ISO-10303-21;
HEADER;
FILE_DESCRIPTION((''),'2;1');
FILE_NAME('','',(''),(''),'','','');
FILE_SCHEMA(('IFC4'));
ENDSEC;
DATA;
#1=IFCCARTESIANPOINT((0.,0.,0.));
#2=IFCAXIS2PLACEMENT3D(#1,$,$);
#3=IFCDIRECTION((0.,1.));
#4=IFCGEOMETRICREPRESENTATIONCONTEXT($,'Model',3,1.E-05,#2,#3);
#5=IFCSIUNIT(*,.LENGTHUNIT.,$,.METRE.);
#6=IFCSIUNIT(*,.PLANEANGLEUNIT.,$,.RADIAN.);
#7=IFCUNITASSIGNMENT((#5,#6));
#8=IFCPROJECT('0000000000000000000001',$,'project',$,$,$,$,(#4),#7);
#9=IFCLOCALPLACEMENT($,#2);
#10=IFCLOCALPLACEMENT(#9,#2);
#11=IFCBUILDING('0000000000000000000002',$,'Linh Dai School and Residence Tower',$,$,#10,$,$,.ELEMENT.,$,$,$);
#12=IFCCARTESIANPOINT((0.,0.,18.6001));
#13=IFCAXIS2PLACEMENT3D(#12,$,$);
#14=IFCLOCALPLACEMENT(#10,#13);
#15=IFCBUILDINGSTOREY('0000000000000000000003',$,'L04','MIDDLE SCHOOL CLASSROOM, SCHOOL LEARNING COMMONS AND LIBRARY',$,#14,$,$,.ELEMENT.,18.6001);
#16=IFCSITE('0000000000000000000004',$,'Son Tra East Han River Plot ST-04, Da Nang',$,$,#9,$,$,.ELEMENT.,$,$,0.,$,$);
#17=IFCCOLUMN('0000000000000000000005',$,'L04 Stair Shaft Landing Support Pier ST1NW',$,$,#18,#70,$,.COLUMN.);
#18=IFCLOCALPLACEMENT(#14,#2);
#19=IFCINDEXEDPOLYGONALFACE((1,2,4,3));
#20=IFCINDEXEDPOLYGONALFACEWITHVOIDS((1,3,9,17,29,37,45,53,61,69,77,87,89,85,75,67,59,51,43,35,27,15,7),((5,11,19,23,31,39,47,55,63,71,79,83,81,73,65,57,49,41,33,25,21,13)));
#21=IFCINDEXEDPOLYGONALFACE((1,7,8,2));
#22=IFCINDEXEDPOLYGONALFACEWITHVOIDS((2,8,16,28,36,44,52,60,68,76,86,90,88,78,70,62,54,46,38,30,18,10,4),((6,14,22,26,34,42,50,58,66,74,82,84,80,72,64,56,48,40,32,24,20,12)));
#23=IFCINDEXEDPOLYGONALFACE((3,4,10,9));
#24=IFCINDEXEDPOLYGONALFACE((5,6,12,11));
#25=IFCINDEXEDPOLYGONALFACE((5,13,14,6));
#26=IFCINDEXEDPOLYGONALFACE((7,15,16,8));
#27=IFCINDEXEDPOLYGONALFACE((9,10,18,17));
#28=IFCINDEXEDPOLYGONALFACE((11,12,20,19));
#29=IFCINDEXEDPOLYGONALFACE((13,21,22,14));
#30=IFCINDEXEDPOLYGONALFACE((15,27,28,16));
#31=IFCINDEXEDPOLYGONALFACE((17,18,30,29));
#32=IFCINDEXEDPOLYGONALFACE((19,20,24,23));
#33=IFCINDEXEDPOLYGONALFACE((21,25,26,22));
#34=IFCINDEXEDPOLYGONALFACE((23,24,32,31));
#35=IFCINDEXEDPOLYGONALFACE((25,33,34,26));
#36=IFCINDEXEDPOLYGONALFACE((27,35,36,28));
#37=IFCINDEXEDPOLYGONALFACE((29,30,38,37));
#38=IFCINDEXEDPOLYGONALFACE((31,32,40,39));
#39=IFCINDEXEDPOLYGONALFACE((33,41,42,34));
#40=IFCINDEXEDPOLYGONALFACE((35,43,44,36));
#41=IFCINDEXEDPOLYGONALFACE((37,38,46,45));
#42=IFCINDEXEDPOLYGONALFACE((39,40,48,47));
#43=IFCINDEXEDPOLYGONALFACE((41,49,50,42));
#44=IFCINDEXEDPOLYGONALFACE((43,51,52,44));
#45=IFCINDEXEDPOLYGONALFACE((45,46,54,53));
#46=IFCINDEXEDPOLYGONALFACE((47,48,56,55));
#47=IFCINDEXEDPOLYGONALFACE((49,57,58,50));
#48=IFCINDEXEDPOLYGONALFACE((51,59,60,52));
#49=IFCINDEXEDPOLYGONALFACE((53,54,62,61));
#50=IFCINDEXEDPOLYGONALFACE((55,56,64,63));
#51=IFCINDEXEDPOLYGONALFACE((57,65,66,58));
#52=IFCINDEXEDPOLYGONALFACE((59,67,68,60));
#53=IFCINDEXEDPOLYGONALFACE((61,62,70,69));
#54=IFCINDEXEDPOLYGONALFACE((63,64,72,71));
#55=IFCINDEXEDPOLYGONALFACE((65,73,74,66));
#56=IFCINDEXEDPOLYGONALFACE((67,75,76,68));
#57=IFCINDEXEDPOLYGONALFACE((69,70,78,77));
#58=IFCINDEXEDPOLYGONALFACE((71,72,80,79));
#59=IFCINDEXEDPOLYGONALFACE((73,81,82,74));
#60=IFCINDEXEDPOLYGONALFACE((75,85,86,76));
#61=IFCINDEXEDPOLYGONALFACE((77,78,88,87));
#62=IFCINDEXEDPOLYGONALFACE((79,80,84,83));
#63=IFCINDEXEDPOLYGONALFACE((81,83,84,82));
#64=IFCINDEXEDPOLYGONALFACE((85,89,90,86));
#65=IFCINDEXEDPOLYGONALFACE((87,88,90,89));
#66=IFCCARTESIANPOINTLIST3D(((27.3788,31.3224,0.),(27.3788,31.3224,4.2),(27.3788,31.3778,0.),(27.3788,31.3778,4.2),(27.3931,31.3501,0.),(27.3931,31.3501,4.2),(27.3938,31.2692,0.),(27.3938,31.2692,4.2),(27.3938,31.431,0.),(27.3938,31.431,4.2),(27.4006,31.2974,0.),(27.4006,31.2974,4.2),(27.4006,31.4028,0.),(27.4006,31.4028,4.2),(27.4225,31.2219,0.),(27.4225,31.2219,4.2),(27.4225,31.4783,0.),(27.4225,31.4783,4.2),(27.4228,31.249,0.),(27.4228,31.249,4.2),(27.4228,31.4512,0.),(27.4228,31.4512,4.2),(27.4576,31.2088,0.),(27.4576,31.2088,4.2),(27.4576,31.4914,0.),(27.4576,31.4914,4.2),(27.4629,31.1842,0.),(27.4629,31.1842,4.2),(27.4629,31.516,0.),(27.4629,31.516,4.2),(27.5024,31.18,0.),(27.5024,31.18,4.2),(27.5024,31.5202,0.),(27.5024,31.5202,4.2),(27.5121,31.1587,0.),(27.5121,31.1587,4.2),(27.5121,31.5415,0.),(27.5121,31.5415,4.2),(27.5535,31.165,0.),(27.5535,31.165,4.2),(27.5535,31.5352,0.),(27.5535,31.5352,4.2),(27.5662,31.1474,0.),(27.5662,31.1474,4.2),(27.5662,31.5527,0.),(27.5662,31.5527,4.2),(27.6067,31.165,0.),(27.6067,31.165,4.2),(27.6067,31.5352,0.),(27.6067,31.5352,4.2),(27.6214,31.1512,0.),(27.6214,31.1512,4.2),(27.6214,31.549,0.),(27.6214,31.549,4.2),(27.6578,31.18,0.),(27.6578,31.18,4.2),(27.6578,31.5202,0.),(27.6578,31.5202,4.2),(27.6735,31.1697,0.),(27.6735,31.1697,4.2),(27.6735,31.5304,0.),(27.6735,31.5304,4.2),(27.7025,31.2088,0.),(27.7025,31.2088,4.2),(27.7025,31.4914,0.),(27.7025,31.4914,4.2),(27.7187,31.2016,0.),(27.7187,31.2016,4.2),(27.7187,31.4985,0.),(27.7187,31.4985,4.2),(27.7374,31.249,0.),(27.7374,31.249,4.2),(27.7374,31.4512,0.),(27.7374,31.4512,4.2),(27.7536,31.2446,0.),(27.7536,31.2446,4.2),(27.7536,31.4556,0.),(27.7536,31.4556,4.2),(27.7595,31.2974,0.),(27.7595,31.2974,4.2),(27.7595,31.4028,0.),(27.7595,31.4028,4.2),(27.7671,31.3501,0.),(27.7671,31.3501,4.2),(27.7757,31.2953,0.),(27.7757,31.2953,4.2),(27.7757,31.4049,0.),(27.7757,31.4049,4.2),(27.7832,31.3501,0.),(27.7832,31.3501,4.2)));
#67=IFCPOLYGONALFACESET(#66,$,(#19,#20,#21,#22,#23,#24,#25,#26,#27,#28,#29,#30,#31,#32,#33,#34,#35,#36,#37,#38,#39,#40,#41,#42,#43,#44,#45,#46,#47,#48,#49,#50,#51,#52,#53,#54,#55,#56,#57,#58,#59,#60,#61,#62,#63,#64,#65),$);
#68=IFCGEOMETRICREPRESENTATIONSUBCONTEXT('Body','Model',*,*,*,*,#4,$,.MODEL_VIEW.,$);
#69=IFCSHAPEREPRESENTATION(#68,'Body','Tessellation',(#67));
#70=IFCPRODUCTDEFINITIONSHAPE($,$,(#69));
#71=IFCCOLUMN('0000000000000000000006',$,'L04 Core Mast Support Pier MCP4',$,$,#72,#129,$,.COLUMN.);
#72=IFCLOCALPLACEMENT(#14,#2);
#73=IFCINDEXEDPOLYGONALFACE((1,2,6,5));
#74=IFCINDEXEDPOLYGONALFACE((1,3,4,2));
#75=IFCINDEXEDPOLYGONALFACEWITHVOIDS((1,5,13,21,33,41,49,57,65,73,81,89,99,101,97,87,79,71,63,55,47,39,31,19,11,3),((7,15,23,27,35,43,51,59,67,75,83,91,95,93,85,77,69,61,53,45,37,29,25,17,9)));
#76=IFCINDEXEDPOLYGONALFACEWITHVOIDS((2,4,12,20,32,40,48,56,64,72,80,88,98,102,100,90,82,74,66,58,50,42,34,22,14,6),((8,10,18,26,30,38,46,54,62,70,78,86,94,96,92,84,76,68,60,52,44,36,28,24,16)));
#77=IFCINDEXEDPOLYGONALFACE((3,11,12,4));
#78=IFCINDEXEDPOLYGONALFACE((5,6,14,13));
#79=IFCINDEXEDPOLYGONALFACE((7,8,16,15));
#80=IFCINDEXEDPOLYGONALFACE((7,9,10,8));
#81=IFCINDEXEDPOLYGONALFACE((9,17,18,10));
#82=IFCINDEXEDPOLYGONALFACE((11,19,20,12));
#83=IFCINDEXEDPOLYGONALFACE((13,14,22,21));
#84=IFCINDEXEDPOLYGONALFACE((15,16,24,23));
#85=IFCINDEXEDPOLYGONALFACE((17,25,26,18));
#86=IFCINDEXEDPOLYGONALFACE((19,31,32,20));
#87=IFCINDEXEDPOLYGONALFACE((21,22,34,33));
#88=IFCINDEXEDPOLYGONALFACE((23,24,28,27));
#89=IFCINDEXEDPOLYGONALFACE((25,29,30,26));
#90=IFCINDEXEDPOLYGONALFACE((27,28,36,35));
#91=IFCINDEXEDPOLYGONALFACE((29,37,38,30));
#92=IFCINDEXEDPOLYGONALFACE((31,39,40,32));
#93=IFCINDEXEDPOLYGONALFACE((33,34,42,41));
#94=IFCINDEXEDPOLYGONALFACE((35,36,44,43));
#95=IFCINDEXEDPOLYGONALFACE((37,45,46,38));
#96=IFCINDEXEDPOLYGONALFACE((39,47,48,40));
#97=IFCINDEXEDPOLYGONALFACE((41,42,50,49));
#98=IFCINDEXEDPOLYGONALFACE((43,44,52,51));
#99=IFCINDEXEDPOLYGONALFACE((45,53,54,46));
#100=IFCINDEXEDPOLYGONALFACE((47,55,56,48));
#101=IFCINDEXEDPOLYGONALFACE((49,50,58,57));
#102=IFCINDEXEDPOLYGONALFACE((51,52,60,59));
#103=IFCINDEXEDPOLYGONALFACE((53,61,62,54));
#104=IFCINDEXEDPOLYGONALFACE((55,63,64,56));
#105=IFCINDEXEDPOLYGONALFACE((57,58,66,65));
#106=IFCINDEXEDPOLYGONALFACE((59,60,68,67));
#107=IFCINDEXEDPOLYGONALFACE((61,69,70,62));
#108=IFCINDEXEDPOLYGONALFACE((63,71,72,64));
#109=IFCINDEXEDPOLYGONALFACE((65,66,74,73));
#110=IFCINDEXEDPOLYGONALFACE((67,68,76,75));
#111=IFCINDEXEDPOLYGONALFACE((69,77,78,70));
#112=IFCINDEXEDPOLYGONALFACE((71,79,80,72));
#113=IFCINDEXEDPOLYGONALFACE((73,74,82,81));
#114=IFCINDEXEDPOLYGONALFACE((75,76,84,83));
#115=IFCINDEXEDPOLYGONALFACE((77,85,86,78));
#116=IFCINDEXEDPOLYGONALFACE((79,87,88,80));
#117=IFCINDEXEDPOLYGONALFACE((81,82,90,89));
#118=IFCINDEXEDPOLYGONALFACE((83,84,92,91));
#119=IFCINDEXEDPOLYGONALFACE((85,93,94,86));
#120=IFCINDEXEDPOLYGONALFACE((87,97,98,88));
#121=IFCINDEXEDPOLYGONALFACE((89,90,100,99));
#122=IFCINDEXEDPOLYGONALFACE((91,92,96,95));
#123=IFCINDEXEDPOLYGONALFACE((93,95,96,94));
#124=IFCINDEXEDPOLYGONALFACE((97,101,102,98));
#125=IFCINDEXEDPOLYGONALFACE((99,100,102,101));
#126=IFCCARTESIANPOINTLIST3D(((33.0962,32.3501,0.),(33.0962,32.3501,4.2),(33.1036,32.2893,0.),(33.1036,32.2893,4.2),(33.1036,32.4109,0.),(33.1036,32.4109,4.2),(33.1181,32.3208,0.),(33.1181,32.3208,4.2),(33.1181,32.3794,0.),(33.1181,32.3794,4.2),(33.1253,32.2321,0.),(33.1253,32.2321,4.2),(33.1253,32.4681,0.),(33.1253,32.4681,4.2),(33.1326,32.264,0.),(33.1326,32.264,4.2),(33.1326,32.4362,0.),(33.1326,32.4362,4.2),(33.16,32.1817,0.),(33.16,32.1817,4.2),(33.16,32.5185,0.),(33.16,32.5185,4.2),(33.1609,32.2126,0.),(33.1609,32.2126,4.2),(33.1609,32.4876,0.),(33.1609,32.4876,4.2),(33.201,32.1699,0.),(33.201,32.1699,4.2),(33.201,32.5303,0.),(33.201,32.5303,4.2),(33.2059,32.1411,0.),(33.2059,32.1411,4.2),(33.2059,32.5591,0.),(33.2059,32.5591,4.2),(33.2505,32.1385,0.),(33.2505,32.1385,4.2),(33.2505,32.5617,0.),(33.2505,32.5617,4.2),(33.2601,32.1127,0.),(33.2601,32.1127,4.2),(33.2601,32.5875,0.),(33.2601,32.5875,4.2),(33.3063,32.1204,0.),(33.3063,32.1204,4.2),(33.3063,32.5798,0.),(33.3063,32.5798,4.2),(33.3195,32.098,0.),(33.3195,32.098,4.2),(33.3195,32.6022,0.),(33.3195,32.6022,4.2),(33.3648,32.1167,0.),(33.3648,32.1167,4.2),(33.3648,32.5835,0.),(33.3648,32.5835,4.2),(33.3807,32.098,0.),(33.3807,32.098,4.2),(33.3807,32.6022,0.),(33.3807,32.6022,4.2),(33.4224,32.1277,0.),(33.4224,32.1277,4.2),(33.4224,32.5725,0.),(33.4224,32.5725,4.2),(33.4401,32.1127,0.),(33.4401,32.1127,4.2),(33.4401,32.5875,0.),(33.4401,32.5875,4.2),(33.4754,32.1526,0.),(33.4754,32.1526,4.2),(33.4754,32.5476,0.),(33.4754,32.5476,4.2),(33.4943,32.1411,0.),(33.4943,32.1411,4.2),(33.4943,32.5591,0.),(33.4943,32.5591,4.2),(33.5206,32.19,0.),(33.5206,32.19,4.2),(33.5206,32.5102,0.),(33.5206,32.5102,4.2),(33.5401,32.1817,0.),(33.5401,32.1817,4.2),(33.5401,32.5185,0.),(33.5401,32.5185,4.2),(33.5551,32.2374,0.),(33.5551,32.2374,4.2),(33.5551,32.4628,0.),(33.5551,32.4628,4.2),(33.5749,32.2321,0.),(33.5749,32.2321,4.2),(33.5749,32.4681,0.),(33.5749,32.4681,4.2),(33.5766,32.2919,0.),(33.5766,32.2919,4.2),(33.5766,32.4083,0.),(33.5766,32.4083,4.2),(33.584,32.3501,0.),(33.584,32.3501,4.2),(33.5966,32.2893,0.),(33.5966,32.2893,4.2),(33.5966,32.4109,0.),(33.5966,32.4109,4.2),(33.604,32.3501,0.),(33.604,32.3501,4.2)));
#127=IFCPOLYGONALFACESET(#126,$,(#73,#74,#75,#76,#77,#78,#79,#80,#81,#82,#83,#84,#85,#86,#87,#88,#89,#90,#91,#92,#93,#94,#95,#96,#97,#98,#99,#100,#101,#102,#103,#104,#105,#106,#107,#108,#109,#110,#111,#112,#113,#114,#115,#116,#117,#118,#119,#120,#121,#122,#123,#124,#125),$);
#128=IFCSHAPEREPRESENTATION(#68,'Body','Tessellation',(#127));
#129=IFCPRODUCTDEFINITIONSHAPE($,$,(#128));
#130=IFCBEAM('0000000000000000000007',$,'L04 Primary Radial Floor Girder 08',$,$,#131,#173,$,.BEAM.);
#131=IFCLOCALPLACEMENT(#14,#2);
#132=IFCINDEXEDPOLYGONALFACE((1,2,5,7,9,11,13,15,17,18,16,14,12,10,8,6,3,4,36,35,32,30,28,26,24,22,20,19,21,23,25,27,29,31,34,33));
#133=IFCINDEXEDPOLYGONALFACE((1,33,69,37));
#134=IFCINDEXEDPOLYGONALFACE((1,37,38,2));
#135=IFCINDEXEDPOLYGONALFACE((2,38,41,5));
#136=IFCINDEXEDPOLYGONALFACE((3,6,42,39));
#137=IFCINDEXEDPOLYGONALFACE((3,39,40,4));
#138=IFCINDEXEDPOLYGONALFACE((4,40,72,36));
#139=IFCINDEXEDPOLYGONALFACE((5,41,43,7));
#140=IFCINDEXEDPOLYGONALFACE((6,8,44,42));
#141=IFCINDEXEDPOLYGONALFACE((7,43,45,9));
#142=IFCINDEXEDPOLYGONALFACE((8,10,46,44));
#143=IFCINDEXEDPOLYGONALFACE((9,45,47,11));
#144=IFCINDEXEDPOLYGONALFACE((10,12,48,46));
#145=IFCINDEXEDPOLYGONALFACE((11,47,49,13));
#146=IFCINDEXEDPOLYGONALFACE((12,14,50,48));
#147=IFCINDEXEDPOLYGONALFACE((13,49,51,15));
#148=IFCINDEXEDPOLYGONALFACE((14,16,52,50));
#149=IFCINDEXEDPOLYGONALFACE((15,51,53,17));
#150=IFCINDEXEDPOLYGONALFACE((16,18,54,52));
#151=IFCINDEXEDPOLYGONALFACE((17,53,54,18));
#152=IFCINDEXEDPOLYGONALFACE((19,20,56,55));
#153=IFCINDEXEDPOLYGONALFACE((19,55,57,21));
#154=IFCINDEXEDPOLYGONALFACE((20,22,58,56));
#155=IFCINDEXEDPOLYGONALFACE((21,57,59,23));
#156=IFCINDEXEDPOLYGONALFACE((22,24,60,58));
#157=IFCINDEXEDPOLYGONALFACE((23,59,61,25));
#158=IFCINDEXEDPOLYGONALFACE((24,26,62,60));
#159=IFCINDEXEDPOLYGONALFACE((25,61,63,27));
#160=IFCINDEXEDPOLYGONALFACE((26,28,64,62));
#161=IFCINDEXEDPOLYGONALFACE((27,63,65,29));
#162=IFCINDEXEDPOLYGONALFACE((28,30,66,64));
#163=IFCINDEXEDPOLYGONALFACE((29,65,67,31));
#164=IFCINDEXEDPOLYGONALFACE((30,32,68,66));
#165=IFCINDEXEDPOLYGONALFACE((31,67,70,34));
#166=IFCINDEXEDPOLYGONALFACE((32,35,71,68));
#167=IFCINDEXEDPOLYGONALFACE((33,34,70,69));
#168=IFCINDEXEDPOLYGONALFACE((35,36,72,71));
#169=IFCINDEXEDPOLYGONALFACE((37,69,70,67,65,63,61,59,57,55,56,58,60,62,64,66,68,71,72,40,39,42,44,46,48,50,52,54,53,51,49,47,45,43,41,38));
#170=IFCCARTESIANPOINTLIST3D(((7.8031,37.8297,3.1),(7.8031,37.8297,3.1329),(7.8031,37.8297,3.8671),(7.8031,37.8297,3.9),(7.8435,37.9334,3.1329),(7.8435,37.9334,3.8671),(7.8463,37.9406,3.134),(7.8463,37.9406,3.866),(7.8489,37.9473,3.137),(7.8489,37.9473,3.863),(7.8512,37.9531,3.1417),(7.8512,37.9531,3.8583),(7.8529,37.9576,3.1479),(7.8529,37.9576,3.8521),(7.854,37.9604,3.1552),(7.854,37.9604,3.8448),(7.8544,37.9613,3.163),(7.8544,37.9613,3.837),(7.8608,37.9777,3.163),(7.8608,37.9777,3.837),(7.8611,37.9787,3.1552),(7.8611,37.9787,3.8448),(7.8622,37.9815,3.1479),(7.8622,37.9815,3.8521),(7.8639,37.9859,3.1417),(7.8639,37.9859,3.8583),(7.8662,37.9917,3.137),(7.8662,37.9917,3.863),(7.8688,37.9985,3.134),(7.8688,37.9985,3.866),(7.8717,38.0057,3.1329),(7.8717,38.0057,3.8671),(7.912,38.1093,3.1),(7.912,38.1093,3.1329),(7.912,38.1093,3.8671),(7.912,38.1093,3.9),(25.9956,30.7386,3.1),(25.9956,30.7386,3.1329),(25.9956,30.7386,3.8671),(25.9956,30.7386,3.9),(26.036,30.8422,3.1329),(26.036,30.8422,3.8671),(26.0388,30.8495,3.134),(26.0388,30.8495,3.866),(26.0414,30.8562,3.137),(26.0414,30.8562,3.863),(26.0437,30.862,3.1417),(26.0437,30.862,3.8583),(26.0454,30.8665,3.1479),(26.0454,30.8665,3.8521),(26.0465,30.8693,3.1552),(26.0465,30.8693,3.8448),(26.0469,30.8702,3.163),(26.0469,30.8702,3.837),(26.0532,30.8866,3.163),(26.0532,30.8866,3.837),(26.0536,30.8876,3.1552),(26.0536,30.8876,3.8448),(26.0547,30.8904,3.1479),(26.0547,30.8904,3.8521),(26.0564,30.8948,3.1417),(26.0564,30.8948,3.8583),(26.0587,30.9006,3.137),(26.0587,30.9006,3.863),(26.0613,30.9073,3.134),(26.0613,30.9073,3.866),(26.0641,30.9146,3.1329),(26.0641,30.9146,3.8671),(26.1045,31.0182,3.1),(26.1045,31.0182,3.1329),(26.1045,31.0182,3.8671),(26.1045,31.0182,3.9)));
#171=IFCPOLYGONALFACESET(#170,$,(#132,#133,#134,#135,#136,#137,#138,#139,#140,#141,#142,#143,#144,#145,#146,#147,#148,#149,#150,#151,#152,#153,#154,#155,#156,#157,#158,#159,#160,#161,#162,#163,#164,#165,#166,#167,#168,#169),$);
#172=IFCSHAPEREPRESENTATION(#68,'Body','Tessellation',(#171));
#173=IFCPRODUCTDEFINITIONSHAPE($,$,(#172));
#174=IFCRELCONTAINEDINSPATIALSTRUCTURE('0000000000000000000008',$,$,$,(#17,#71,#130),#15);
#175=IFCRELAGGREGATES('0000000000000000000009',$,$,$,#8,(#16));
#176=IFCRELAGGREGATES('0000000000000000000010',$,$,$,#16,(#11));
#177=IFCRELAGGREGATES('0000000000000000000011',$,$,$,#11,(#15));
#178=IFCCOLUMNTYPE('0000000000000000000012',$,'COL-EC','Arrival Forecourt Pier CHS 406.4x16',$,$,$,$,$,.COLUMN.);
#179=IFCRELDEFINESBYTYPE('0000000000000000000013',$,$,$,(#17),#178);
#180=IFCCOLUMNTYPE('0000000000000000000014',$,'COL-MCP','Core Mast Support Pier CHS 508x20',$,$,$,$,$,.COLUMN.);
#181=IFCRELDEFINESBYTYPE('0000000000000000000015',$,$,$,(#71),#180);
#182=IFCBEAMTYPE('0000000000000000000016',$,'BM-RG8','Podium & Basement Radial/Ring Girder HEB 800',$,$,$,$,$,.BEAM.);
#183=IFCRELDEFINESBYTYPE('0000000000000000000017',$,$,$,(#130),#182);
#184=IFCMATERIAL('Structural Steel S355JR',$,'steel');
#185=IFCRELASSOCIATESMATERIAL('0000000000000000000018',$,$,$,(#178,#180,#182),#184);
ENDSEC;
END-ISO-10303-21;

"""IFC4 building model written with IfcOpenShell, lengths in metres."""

from ifc_helpers import new_model, si_unit, direction, frame, origin, origin_2d, place, context, subcontext, project, spatial, hollow_circle, i_section, extrude, material, material_profile, profile_set, type_object, element, save


model = new_model("IFC4")

# Units and contexts
model_context = context("Model", 3, precision=1e-05, world=origin(), true_north=direction((0.0, 1.0)))
body_context = subcontext(model_context, "Body", "Model", "MODEL_VIEW")
ifc_project = project(units=[si_unit("LENGTHUNIT", "METRE"), si_unit("PLANEANGLEUNIT", "RADIAN")], contexts=[model_context])

# Site, building, storey
site_placement = place(None, origin())
site = spatial("IfcSite", under=ifc_project, at=site_placement, Name="Son Tra East Han River Plot ST-04, Da Nang", CompositionType="ELEMENT", RefElevation=0.0)
building_placement = place(site_placement, origin())
building = spatial("IfcBuilding", under=site, at=building_placement, Name="Linh Dai School and Residence Tower", CompositionType="ELEMENT")
storey_placement = place(building_placement, frame((0.0, 0.0, 18.6001)))
storey = spatial("IfcBuildingStorey", under=building, at=storey_placement, Name="L04", Description="MIDDLE SCHOOL CLASSROOM, SCHOOL LEARNING COMMONS AND LIBRARY", CompositionType="ELEMENT", Elevation=18.6001)

# Columns
ifc_material_1 = material(Name="Structural Steel S355JR", Category="steel")
ifc_material_profile_1 = material_profile(ifc_material_1, hollow_circle(Radius=0.2031, WallThickness=0.0161, at=origin_2d()), Name="CHS 406.4x16")
ifc_profile_set_1 = profile_set([ifc_material_profile_1], Name="Structural Steel S355JR")
column_type_1 = type_object("IfcColumnType", Name="COL-EC", Description="Arrival Forecourt Pier CHS 406.4x16", PredefinedType="COLUMN", material=ifc_profile_set_1)
column_1_placement = place(storey_placement, frame((27.5801, 31.3501, 0.0), z_axis=(0.0, 0.0, 1.0), x_axis=(1.0, 0.0, 0.0)))
element("IfcColumn", 1, at=column_1_placement, inside=storey, type_object=column_type_1, Name="L04 Stair Shaft Landing Support Pier ST1NW", PredefinedType="COLUMN", context=body_context, shape_type="SweptSolid", body=[
    extrude(hollow_circle(Radius=0.2031, WallThickness=0.0161, at=origin_2d()), origin(), (0.0, 0.0, 1.0), 4.2),
])
ifc_material_profile_2 = material_profile(ifc_material_1, hollow_circle(Radius=0.2539, WallThickness=0.02, at=origin_2d()), Name="CHS 508x20")
ifc_profile_set_2 = profile_set([ifc_material_profile_2], Name="Structural Steel S355JR")
column_type_2 = type_object("IfcColumnType", Name="COL-MCP", Description="Core Mast Support Pier CHS 508x20", PredefinedType="COLUMN", material=ifc_profile_set_2)
column_2_placement = place(storey_placement, frame((33.3501, 32.3501, 0.0), z_axis=(0.0, 0.0, 1.0), x_axis=(1.0, 0.0, 0.0)))
element("IfcColumn", 2, at=column_2_placement, inside=storey, type_object=column_type_2, Name="L04 Core Mast Support Pier MCP4", PredefinedType="COLUMN", context=body_context, shape_type="SweptSolid", body=[
    extrude(hollow_circle(Radius=0.2539, WallThickness=0.02, at=origin_2d()), origin(), (0.0, 0.0, 1.0), 4.2),
])

# Beam
ifc_material_profile_3 = material_profile(ifc_material_1, i_section(OverallWidth=0.3, OverallDepth=0.8, WebThickness=0.0176, FlangeThickness=0.033, FilletRadius=0.03, at=origin_2d()), Name="HEB 800")
ifc_profile_set_3 = profile_set([ifc_material_profile_3], Name="Structural Steel S355JR")
beam_type_1 = type_object("IfcBeamType", Name="BM-RG8", Description="Podium & Basement Radial/Ring Girder HEB 800", PredefinedType="BEAM", material=ifc_profile_set_3)
beam_1_placement = place(storey_placement, frame((26.05, 30.8784, 3.5), z_axis=(-0.931723, 0.363169, 0.0), x_axis=(-0.363169, -0.931723, 0.0)))
element("IfcBeam", 3, at=beam_1_placement, inside=storey, type_object=beam_type_1, Name="L04 Primary Radial Floor Girder 08", PredefinedType="BEAM", context=body_context, shape_type="SweptSolid", body=[
    extrude(i_section(OverallWidth=0.3, OverallDepth=0.8, WebThickness=0.0176, FlangeThickness=0.033, FilletRadius=0.03, at=origin_2d()), origin(), (0.0, 0.0, 1.0), 19.5256),
])

save(model, "model.ifc")
